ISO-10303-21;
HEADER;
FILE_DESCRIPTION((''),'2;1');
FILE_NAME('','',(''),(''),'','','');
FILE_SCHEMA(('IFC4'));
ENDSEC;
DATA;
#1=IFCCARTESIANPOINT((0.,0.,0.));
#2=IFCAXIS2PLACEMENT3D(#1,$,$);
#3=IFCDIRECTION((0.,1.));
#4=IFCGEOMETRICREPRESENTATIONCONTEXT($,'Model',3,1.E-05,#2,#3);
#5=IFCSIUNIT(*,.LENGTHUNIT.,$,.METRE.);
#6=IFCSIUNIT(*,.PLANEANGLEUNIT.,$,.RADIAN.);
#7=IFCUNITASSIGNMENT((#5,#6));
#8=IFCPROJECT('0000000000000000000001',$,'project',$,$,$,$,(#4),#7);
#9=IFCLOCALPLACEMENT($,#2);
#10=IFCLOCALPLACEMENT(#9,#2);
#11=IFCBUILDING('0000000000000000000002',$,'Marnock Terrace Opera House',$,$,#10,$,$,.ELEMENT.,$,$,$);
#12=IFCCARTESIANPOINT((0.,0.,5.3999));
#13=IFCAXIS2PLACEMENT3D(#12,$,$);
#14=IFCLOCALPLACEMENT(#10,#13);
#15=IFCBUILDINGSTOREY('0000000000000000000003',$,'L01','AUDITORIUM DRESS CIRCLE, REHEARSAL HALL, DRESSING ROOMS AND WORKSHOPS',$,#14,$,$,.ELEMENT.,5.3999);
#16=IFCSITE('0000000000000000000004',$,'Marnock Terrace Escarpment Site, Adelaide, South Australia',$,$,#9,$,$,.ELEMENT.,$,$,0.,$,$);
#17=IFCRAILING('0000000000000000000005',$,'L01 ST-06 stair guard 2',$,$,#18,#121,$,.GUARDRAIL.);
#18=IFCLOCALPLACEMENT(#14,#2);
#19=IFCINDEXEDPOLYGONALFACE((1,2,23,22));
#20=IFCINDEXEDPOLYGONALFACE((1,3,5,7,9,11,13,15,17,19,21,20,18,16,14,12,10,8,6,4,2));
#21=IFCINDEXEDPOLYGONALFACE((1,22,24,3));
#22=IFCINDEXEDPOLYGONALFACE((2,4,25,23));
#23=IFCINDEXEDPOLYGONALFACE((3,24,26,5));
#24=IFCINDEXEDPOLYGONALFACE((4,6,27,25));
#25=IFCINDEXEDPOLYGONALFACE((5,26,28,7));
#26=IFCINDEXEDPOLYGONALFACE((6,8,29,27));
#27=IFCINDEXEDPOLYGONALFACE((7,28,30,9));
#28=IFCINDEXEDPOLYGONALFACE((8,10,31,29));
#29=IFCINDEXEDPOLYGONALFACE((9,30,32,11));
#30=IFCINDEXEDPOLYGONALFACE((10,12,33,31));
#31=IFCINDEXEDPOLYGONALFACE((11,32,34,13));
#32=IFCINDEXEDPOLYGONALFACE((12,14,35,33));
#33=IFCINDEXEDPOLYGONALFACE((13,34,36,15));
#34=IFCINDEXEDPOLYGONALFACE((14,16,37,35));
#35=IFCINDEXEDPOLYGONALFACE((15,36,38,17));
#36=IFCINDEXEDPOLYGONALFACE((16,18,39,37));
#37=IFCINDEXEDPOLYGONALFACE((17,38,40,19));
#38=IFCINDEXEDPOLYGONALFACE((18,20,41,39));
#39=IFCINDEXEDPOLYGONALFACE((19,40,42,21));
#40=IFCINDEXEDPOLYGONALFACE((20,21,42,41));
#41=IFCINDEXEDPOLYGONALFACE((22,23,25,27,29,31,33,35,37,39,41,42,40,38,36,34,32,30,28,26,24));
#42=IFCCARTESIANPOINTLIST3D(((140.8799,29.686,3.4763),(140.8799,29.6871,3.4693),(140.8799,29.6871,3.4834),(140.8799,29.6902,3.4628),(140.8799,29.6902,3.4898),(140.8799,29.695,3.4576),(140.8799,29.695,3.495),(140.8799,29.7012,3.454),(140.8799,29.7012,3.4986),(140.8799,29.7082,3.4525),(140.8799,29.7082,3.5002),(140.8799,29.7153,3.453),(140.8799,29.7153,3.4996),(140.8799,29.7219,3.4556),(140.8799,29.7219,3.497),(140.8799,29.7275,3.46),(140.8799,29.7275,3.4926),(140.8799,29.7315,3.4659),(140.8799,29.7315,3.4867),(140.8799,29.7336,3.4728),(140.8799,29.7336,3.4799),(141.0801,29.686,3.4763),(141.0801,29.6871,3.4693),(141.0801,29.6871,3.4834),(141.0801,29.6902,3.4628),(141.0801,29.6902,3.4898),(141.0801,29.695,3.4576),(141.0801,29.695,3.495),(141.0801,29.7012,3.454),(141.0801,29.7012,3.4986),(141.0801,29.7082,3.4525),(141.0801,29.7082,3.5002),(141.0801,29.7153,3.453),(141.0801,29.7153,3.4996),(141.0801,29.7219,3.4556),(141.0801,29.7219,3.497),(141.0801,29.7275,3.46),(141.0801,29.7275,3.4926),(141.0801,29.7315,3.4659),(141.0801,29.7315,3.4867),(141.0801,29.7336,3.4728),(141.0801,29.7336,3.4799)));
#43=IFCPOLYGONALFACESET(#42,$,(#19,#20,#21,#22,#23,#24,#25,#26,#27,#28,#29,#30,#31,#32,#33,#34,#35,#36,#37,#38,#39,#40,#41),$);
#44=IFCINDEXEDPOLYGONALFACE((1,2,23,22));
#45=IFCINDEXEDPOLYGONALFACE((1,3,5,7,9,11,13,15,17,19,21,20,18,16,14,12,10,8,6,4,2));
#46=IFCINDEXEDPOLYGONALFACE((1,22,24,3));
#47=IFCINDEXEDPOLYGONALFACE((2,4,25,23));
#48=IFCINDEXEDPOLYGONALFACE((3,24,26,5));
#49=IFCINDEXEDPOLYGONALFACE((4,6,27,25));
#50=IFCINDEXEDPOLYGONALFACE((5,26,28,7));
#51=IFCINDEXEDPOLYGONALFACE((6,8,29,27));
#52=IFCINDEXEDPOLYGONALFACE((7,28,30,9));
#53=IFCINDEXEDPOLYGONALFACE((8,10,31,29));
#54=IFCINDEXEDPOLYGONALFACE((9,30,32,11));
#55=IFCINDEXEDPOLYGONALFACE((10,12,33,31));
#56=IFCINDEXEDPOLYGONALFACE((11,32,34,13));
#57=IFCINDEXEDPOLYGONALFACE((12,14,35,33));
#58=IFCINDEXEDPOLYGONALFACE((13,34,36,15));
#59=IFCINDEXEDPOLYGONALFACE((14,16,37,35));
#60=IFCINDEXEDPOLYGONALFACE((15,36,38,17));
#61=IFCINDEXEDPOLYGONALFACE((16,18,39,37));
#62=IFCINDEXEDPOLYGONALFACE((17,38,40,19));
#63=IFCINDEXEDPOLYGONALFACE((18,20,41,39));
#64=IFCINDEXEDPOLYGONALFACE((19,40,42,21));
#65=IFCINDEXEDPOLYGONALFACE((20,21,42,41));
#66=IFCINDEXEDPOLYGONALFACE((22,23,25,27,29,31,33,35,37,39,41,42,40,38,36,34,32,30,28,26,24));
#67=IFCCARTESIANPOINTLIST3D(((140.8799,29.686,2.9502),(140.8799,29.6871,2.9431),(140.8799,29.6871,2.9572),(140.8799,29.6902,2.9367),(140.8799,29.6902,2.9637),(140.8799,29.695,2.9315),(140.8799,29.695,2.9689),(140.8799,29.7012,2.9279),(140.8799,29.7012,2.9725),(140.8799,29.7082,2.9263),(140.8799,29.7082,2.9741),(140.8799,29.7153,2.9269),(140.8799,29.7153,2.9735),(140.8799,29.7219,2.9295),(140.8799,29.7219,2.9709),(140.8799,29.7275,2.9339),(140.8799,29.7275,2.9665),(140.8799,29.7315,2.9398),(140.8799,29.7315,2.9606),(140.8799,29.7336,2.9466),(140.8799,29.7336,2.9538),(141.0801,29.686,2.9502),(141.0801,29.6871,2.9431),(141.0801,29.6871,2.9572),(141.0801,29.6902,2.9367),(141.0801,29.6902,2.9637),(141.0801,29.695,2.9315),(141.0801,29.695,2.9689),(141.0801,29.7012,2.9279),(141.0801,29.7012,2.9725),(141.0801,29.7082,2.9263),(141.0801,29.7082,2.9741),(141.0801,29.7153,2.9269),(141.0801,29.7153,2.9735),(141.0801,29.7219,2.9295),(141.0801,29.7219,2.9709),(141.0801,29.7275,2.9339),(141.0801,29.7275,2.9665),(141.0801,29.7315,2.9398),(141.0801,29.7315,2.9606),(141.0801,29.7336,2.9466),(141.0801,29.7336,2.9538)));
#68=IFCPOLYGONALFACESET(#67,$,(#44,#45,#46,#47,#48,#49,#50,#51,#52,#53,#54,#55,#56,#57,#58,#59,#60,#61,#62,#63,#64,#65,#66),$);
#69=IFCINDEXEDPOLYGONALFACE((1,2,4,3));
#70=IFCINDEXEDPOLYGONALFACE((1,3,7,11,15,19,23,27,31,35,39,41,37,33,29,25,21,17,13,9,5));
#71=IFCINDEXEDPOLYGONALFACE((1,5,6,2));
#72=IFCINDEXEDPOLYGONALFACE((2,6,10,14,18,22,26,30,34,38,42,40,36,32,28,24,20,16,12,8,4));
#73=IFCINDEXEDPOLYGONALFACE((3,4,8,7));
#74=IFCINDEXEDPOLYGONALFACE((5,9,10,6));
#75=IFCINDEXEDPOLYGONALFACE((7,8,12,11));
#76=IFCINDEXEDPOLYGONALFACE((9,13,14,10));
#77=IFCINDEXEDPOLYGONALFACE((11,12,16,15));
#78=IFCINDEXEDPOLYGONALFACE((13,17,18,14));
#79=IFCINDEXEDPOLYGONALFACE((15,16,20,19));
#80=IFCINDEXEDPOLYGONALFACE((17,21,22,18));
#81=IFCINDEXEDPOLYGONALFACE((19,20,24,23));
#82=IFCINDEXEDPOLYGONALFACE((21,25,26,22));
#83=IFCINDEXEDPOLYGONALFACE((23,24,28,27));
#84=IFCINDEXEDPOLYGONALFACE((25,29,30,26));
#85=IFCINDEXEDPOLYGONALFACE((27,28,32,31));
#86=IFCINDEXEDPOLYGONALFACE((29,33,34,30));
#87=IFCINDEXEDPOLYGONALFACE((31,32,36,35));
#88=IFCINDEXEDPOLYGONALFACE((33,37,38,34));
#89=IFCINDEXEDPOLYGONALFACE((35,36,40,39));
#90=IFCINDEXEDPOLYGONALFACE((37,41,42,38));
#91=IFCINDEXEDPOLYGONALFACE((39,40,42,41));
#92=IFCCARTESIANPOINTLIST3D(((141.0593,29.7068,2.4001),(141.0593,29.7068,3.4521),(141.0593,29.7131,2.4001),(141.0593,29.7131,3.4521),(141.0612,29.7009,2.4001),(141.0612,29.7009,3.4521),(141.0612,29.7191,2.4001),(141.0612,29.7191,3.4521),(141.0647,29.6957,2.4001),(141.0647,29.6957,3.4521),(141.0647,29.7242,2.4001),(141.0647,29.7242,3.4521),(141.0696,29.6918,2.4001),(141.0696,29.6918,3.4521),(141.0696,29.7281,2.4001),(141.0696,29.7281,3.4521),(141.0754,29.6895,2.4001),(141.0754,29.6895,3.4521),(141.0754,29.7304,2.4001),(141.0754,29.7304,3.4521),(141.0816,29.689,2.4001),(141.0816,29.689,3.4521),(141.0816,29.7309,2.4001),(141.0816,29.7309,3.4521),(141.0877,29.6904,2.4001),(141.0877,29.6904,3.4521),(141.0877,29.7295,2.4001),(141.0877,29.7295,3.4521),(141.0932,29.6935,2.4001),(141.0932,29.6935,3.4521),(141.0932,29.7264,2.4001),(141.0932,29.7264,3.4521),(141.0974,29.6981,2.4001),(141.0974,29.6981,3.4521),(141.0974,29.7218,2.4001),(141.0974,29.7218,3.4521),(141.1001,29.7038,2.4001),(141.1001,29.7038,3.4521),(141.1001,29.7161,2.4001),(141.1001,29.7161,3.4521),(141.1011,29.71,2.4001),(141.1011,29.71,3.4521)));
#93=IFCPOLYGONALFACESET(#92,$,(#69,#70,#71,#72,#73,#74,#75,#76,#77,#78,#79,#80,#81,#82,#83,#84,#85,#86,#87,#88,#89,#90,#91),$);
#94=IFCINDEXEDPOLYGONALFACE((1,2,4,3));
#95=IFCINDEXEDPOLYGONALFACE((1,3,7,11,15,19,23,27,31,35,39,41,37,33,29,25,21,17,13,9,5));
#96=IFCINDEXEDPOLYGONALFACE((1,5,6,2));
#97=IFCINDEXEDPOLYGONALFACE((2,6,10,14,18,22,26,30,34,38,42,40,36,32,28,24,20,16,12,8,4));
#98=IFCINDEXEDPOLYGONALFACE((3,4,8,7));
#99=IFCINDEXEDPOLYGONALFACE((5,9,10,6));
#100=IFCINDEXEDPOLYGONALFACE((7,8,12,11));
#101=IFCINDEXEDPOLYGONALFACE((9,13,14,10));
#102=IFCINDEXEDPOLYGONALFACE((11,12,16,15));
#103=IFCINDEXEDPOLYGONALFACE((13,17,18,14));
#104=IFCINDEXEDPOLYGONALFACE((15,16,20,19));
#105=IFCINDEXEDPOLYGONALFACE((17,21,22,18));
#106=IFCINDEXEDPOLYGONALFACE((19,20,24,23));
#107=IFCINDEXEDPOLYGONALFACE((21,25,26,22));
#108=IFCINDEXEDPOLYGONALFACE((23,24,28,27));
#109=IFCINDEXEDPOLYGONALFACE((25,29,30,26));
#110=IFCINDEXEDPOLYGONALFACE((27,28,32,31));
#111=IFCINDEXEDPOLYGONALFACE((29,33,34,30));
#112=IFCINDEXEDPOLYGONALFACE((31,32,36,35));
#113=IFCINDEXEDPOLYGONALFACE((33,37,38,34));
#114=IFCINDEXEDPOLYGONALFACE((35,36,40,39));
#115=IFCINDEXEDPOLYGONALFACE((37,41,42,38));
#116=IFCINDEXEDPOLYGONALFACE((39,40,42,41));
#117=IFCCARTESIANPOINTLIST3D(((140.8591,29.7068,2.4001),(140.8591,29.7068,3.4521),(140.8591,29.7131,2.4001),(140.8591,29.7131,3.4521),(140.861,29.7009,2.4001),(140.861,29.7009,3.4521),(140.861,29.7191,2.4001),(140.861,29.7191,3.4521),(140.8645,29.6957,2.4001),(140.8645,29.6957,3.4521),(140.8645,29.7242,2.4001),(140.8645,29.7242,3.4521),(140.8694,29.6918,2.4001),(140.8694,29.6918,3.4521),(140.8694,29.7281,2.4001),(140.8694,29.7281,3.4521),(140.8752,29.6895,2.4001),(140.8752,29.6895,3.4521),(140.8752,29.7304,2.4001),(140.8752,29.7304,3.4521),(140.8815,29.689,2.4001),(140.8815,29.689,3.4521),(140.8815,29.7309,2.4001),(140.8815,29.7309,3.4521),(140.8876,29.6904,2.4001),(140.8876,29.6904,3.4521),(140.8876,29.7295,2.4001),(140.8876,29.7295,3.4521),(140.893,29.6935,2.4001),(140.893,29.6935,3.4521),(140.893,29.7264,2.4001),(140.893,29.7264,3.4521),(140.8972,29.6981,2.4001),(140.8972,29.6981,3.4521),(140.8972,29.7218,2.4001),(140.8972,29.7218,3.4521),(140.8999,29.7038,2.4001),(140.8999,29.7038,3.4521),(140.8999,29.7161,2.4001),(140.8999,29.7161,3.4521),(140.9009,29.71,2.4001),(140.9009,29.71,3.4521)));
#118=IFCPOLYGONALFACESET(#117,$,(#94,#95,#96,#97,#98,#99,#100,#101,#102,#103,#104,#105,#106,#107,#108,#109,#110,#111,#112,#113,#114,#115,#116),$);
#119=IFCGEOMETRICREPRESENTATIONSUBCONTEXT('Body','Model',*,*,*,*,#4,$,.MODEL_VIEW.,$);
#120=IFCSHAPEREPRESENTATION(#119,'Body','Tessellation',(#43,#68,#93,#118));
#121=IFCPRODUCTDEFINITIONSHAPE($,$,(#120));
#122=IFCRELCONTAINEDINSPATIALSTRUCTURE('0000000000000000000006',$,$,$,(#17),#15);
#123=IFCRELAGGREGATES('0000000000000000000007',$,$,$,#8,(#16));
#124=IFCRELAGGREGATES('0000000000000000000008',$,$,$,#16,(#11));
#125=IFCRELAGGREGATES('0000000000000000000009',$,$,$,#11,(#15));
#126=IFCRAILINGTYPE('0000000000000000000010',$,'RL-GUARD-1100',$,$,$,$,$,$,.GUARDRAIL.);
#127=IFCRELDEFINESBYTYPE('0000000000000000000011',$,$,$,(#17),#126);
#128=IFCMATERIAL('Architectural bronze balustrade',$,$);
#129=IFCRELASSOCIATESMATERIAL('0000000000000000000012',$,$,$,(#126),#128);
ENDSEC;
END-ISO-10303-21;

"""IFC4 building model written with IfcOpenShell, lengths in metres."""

from ifc_helpers import new_model, si_unit, direction, frame, origin, origin_2d, place, context, subcontext, project, spatial, circle, extrude, material, type_object, element, save


model = new_model("IFC4")

# Units and contexts
model_context = context("Model", 3, precision=1e-05, world=origin(), true_north=direction((0.0, 1.0)))
body_context = subcontext(model_context, "Body", "Model", "MODEL_VIEW")
ifc_project = project(units=[si_unit("LENGTHUNIT", "METRE"), si_unit("PLANEANGLEUNIT", "RADIAN")], contexts=[model_context])

# Site, building, storey
site_placement = place(None, origin())
site = spatial("IfcSite", under=ifc_project, at=site_placement, Name="Marnock Terrace Escarpment Site, Adelaide, South Australia", CompositionType="ELEMENT", RefElevation=0.0)
building_placement = place(site_placement, origin())
building = spatial("IfcBuilding", under=site, at=building_placement, Name="Marnock Terrace Opera House", CompositionType="ELEMENT")
storey_placement = place(building_placement, frame((0.0, 0.0, 5.3999)))
storey = spatial("IfcBuildingStorey", under=building, at=storey_placement, Name="L01", Description="AUDITORIUM DRESS CIRCLE, REHEARSAL HALL, DRESSING ROOMS AND WORKSHOPS", CompositionType="ELEMENT", Elevation=5.3999)

# Railing
ifc_material_1 = material(Name="Architectural bronze balustrade")
railing_type_1 = type_object("IfcRailingType", Name="RL-GUARD-1100", PredefinedType="GUARDRAIL", material=ifc_material_1)
railing_1_placement = place(storey_placement, frame((141.0801, 29.71, 2.4001)))
element("IfcRailing", 1, at=railing_1_placement, inside=storey, type_object=railing_type_1, Name="L01 ST-06 stair guard 2", PredefinedType="GUARDRAIL", context=body_context, shape_type="SweptSolid", body=[
    extrude(circle(Radius=0.0239, at=origin_2d()), frame((0.0, 0.0, 1.0762), z_axis=(-1.0, 0.0, 0.0), x_axis=(0.0, -1.0, 0.0)), (0.0, 0.0, 1.0), 0.2002),
    extrude(circle(Radius=0.0239, at=origin_2d()), frame((0.0, 0.0, 0.55), z_axis=(-1.0, 0.0, 0.0), x_axis=(0.0, -1.0, 0.0)), (0.0, 0.0, 1.0), 0.2002),
    extrude(circle(Radius=0.021, at=origin_2d()), origin(), (0.0, 0.0, 1.0), 1.052),
    extrude(circle(Radius=0.021, at=origin_2d()), frame((-0.2002, 0.0, 0.0)), (0.0, 0.0, 1.0), 1.052),
])

save(model, "model.ifc")
